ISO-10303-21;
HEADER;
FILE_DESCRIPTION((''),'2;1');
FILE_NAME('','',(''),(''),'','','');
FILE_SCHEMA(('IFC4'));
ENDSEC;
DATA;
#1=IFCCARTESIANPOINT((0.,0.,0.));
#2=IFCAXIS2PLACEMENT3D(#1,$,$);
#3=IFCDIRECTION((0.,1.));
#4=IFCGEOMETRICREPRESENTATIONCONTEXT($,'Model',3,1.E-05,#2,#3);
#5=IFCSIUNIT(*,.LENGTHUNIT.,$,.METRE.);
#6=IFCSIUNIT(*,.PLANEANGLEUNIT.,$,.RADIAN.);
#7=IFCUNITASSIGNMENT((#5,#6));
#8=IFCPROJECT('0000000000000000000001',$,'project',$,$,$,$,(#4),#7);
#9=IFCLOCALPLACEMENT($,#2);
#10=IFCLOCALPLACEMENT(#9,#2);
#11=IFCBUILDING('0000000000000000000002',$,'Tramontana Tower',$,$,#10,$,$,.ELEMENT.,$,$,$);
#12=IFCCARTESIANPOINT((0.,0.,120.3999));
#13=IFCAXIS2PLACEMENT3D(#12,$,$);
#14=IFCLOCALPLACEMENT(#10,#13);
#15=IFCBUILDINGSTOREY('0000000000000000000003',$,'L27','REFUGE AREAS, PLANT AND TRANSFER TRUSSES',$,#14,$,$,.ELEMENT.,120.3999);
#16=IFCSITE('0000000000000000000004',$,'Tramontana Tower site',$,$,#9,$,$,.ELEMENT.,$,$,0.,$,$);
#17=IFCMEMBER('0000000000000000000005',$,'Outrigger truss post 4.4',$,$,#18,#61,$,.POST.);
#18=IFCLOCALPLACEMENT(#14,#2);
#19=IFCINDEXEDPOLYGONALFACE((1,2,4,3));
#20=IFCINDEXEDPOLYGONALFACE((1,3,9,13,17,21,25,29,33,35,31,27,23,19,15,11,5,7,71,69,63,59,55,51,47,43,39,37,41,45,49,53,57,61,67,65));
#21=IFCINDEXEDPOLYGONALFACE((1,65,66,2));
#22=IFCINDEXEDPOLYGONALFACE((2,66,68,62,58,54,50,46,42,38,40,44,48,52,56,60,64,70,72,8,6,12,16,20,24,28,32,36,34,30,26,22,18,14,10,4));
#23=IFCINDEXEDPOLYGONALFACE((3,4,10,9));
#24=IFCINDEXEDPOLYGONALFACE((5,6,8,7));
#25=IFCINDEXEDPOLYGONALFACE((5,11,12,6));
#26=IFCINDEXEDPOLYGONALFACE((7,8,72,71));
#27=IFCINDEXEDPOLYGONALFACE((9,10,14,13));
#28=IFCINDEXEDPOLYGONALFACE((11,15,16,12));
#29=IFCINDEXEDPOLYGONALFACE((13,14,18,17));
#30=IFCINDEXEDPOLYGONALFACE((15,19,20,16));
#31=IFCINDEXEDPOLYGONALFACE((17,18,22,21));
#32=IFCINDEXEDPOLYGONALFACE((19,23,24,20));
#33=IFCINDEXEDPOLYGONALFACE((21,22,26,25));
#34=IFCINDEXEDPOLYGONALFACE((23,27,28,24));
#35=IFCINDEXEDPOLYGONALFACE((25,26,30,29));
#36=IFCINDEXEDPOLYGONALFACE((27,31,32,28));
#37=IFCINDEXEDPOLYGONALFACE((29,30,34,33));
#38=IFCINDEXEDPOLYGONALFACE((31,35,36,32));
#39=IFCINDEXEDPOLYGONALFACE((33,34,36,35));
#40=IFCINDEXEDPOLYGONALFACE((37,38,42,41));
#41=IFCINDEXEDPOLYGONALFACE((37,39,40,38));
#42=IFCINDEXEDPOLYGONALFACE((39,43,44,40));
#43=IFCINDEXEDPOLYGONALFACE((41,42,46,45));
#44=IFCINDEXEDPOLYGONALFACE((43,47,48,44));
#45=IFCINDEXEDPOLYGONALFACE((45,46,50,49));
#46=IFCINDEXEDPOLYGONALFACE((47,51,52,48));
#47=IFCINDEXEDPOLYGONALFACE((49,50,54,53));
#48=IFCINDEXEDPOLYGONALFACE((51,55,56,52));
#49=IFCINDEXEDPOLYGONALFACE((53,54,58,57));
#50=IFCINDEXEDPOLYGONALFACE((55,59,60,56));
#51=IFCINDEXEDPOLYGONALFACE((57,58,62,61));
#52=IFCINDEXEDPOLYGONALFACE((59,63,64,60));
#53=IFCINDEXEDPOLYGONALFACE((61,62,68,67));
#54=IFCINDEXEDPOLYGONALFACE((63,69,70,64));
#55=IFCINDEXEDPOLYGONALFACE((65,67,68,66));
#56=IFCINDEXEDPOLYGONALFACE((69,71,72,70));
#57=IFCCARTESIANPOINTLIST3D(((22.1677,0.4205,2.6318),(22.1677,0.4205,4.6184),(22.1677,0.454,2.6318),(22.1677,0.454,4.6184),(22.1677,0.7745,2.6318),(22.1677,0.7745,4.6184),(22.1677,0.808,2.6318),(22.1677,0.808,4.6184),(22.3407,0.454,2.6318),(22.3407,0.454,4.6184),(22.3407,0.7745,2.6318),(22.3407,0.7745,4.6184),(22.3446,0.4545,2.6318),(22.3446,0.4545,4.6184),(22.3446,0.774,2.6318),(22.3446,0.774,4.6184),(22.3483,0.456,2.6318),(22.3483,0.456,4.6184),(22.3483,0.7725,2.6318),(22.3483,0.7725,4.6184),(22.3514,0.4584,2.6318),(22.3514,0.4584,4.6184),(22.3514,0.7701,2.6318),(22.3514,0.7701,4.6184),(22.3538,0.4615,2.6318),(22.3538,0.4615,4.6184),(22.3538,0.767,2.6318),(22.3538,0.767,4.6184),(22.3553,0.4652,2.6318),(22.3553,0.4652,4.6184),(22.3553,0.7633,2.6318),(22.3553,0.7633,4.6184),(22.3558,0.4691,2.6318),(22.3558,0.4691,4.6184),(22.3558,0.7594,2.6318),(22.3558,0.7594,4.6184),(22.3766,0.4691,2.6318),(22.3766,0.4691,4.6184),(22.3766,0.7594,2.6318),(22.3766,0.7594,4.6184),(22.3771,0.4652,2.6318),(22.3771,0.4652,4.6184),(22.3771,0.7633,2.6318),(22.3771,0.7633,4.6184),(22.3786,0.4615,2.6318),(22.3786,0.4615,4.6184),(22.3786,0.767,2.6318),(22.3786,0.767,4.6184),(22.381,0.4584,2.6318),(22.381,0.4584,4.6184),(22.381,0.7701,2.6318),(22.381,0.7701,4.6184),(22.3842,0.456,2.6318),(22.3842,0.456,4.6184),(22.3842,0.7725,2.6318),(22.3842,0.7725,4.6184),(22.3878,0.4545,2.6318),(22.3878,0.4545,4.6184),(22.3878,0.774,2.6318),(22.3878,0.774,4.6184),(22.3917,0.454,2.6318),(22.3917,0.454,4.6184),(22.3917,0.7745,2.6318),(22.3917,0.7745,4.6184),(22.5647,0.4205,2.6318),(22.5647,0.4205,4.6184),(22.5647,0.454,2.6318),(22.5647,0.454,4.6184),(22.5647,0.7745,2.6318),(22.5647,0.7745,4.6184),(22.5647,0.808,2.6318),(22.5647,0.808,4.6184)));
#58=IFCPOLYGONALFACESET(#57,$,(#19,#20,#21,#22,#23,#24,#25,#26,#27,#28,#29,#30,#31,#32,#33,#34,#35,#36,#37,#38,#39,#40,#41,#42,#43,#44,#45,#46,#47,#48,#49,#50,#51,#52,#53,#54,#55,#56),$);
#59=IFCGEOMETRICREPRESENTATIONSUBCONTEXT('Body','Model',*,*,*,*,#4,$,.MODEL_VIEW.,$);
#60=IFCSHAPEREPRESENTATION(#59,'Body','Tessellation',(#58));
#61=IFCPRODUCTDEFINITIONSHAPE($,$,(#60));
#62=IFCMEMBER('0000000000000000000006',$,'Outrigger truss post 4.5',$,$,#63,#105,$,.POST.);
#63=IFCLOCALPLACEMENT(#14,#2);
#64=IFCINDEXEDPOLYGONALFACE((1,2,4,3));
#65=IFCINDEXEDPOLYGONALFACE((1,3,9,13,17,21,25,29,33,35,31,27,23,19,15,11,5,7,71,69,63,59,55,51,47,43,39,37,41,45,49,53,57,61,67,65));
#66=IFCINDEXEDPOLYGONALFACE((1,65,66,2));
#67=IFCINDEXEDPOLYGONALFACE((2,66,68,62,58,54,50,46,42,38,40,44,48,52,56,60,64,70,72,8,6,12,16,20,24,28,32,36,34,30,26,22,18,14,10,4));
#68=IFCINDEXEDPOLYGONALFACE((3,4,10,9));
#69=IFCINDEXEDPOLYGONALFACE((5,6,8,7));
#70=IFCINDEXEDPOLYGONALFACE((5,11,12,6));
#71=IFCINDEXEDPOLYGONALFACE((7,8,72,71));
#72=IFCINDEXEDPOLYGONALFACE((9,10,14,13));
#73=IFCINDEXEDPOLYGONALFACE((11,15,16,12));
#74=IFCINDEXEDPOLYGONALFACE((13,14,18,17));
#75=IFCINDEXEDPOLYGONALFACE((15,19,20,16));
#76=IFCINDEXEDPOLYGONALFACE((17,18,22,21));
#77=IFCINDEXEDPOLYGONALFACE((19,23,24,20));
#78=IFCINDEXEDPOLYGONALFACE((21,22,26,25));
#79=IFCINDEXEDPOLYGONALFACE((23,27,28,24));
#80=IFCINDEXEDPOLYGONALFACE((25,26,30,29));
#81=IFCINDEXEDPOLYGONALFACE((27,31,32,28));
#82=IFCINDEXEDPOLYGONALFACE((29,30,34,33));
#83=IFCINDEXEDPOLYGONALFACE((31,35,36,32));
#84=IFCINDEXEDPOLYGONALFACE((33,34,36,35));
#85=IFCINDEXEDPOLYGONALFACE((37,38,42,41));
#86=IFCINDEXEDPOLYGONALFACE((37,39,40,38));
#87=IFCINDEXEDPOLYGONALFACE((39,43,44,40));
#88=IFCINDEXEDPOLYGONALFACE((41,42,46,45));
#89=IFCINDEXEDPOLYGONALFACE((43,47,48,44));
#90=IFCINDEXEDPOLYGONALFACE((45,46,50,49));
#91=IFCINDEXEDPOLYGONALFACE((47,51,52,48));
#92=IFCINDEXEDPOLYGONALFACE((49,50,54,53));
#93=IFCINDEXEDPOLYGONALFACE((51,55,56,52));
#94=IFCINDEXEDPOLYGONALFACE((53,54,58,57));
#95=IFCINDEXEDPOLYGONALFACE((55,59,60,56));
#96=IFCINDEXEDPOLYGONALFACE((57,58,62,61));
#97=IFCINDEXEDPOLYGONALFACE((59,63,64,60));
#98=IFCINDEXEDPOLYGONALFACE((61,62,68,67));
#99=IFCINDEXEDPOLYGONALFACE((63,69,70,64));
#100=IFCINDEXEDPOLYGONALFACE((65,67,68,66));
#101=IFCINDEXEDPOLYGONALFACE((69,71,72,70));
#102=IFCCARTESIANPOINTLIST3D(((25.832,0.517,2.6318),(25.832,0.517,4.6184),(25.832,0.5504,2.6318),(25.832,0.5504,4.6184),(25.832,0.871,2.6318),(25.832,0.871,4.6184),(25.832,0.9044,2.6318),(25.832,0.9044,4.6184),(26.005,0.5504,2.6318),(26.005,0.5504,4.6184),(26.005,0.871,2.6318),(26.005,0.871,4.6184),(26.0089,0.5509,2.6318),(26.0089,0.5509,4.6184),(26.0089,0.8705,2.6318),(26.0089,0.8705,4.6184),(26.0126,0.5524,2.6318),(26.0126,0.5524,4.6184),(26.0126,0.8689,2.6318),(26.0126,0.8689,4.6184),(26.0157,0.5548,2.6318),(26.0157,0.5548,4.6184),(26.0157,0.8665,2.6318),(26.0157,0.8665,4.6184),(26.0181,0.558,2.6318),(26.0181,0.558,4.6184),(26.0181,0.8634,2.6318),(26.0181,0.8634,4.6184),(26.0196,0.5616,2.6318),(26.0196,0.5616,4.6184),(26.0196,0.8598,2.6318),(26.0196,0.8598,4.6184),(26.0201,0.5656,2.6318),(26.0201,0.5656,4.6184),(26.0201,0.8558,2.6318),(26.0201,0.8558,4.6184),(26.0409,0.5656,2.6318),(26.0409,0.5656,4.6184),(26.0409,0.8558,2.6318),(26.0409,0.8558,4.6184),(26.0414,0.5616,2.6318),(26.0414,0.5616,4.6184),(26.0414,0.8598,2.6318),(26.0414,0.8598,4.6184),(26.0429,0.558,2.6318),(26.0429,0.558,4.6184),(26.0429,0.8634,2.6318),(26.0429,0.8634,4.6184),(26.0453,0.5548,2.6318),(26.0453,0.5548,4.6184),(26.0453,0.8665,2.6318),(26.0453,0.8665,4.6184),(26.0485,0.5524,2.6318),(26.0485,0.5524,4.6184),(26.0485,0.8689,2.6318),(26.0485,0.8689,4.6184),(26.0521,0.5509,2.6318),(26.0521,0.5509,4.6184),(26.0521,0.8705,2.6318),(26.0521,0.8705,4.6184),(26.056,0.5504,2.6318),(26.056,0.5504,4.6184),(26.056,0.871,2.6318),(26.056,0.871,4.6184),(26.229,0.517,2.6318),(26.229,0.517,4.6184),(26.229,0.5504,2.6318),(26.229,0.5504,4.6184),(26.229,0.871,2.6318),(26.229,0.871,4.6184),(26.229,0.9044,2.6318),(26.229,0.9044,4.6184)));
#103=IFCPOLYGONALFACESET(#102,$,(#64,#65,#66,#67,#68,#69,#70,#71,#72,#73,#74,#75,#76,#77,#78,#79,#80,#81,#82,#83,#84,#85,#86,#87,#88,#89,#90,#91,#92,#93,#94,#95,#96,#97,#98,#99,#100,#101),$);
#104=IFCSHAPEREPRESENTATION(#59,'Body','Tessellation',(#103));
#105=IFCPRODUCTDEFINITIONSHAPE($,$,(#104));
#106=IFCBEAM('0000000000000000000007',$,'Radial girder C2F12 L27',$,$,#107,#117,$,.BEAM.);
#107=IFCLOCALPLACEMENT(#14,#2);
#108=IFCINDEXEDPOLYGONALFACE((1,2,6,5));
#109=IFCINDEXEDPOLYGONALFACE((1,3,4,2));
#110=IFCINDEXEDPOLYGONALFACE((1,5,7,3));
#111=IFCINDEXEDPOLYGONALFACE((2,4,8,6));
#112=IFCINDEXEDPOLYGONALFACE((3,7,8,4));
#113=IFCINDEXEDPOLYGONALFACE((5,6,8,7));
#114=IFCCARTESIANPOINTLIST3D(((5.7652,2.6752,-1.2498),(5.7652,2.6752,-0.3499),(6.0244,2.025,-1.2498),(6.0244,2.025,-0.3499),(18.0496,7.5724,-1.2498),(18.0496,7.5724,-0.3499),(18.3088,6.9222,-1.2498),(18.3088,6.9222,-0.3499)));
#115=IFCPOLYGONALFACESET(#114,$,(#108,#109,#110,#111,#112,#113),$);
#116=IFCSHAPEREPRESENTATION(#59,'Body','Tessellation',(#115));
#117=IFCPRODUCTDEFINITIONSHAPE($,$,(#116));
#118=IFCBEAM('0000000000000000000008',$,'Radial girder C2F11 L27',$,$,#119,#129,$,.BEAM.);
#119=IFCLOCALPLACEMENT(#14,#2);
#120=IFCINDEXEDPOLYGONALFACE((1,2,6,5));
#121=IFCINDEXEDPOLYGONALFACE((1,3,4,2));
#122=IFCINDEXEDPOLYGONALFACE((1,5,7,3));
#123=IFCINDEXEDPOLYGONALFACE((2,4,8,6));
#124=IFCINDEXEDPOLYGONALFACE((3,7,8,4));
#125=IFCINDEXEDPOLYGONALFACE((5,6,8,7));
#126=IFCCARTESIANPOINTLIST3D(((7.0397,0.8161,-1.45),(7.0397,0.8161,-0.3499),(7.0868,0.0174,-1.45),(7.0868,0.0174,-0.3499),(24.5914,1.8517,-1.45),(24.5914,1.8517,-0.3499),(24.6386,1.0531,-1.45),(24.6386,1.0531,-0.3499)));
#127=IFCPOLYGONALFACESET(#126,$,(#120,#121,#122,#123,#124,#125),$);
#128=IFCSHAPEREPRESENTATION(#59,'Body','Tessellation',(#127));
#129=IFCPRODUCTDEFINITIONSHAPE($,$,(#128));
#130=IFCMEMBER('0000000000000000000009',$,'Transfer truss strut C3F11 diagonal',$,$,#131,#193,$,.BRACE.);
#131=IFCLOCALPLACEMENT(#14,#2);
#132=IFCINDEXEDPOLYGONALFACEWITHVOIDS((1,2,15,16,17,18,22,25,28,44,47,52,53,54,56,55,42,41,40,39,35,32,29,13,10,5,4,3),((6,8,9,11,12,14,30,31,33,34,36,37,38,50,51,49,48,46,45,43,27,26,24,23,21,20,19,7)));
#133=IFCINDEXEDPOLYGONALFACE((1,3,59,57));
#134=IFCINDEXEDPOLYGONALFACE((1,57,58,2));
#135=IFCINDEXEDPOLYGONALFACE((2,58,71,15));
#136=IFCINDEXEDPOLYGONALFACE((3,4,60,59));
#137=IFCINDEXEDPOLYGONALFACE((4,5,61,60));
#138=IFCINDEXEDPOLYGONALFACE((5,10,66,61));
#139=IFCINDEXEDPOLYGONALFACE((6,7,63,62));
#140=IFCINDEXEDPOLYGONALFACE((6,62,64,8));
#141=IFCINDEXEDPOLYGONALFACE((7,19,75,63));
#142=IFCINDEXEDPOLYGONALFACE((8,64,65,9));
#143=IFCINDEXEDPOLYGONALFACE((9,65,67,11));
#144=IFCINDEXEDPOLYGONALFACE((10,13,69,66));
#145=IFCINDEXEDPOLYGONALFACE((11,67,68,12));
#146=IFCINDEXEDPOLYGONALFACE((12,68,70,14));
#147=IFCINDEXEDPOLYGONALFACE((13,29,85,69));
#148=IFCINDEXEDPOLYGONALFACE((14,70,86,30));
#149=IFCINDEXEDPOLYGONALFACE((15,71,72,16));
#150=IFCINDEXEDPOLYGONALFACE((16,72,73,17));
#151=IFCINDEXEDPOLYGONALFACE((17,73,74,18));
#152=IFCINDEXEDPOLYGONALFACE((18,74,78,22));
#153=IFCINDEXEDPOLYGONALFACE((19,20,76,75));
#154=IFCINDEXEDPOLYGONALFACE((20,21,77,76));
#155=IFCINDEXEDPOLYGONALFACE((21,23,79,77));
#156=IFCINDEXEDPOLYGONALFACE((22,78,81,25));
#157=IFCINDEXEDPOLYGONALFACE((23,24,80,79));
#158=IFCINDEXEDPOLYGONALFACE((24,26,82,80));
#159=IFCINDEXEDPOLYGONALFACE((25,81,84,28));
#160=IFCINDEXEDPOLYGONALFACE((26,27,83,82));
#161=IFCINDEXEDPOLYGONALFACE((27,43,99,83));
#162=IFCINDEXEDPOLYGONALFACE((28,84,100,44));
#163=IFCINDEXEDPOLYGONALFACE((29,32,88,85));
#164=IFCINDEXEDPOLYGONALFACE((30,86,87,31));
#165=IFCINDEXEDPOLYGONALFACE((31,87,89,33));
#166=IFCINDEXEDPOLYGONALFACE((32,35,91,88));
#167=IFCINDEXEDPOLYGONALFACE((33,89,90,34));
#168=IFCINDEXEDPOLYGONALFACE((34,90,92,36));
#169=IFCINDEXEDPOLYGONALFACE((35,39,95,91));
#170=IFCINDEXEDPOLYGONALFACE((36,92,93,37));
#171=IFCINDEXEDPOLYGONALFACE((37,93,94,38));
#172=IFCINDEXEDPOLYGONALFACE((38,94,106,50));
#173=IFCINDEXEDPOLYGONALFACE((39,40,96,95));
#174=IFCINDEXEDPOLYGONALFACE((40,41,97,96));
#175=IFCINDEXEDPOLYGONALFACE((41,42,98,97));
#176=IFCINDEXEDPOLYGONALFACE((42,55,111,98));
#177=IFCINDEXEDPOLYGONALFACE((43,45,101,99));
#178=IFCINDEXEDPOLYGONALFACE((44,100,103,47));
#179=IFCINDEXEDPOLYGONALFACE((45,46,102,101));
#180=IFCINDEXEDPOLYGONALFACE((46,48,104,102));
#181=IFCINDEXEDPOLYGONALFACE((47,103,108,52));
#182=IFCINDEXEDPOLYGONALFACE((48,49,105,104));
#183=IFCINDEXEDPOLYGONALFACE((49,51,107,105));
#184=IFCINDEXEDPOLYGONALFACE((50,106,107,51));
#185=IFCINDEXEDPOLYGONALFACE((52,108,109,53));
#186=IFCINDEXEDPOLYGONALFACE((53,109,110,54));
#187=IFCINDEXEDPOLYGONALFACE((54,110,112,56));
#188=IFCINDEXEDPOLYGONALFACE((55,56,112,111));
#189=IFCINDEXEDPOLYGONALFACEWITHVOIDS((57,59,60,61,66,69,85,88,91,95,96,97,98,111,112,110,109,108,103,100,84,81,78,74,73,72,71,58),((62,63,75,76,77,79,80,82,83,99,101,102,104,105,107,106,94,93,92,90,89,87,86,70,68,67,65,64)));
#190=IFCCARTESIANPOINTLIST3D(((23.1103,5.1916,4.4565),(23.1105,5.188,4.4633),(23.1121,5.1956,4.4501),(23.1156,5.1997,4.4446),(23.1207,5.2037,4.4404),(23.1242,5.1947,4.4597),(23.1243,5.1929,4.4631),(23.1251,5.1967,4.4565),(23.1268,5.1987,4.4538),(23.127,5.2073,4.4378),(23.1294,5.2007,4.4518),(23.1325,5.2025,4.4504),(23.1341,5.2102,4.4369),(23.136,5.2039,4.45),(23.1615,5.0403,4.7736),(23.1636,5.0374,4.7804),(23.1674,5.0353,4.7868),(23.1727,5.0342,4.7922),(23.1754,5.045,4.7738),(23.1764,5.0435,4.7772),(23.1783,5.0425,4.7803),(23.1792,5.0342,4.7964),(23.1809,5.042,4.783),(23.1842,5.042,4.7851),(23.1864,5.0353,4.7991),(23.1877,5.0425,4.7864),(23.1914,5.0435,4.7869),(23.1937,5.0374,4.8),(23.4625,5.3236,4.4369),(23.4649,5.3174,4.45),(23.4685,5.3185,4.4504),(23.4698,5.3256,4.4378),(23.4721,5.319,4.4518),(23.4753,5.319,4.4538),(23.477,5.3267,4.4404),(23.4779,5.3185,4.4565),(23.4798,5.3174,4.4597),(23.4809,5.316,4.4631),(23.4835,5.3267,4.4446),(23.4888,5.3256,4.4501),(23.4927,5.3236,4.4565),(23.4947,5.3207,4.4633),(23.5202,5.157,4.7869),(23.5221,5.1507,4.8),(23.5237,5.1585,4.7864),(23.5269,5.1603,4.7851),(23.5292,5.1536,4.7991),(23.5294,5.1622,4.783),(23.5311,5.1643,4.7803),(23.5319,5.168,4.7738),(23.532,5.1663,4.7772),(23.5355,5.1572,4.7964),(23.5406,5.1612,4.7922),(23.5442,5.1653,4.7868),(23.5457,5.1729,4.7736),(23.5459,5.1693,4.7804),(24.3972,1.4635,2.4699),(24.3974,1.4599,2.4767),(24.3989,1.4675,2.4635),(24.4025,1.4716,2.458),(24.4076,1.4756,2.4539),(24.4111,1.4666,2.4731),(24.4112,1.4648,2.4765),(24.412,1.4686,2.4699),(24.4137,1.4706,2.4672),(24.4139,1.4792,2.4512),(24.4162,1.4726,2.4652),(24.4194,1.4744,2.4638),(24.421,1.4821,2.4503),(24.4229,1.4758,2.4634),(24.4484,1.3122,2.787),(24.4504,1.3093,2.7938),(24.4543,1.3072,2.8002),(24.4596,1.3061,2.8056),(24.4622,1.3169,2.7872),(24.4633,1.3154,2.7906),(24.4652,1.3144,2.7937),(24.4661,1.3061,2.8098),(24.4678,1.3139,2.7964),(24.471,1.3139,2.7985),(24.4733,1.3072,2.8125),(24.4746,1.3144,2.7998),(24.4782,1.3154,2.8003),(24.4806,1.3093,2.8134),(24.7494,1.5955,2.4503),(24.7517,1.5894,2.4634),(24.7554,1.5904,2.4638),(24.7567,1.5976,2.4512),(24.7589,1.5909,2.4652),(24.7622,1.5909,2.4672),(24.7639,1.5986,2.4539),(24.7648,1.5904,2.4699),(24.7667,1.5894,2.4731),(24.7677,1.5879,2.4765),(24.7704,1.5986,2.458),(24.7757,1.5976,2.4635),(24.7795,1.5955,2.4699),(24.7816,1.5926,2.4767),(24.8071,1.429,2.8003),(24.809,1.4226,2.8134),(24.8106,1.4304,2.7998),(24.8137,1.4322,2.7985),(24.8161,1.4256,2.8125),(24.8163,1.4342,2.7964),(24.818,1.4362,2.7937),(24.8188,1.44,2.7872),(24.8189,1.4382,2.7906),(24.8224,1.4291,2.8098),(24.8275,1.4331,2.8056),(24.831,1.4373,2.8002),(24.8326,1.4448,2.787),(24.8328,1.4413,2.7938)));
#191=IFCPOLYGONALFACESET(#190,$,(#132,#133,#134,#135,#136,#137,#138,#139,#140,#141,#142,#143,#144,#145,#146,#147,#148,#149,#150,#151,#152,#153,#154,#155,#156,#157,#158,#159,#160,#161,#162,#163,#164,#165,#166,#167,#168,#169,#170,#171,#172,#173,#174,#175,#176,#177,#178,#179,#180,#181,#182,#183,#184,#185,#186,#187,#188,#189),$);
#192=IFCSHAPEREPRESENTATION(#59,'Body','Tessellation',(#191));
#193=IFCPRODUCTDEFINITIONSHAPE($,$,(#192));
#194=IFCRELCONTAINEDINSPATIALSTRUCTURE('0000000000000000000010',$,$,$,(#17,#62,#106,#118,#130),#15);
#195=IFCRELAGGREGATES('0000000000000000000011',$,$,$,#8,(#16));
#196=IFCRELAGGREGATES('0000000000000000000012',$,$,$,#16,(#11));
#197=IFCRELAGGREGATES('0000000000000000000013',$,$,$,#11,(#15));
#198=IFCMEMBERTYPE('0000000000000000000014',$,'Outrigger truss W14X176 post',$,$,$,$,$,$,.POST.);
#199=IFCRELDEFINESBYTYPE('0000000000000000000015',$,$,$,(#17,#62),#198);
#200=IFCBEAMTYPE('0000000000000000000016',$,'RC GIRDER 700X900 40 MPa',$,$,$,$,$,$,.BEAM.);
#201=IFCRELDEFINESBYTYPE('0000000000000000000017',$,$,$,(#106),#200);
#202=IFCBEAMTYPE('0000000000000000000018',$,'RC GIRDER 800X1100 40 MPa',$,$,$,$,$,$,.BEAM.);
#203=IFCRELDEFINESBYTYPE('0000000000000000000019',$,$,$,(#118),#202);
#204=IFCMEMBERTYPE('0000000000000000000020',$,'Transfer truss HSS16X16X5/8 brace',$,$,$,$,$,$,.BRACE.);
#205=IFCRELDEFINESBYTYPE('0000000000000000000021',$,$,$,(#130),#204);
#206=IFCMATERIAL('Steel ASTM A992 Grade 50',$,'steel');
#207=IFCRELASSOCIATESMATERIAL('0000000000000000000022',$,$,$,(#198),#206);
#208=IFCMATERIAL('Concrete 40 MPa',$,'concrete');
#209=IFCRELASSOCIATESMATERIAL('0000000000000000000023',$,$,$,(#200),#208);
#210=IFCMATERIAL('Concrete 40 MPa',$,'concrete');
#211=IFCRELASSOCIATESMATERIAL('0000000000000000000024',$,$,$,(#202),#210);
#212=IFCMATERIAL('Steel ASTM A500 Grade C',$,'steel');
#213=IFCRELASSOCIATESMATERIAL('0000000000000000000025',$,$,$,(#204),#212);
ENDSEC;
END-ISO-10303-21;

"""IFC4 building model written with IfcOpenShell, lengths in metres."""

from ifc_helpers import new_model, si_unit, direction, frame, origin, origin_2d, place, context, subcontext, project, spatial, rectangle, hollow_rectangle, i_section, extrude, material, material_profile, profile_set, type_object, element, save


model = new_model("IFC4")

# Units and contexts
model_context = context("Model", 3, precision=1e-05, world=origin(), true_north=direction((0.0, 1.0)))
body_context = subcontext(model_context, "Body", "Model", "MODEL_VIEW")
ifc_project = project(units=[si_unit("LENGTHUNIT", "METRE"), si_unit("PLANEANGLEUNIT", "RADIAN")], contexts=[model_context])

# Site, building, storey
site_placement = place(None, origin())
site = spatial("IfcSite", under=ifc_project, at=site_placement, Name="Tramontana Tower site", CompositionType="ELEMENT", RefElevation=0.0)
building_placement = place(site_placement, origin())
building = spatial("IfcBuilding", under=site, at=building_placement, Name="Tramontana Tower", CompositionType="ELEMENT")
storey_placement = place(building_placement, frame((0.0, 0.0, 120.3999)))
storey = spatial("IfcBuildingStorey", under=building, at=storey_placement, Name="L27", Description="REFUGE AREAS, PLANT AND TRANSFER TRUSSES", CompositionType="ELEMENT", Elevation=120.3999)

# Members
ifc_material_1 = material(Name="Steel ASTM A992 Grade 50", Category="steel")
ifc_material_profile_1 = material_profile(ifc_material_1, i_section(OverallWidth=0.397, OverallDepth=0.3875, WebThickness=0.0208, FlangeThickness=0.0334, FilletRadius=0.0151, at=origin_2d()), Name="W14X176")
ifc_profile_set_1 = profile_set([ifc_material_profile_1], Name="Steel ASTM A992 Grade 50")
member_type_1 = type_object("IfcMemberType", Name="Outrigger truss W14X176 post", PredefinedType="POST", material=ifc_profile_set_1)
for number, where, z_axis, x_axis, name in (
    (1, (22.3662, 0.6143, 2.6318), (0.0, 0.0, 1.0), (1.0, 0.0, 0.0), "Outrigger truss post 4.4"),
    (2, (26.0305, 0.7107, 2.6318), (0.0, 0.0, 1.0), (1.0, 0.0, 0.0), "Outrigger truss post 4.5"),
):
    element("IfcMember", number, at=place(storey_placement, frame(where, z_axis=z_axis, x_axis=x_axis)), inside=storey, type_object=member_type_1, Name=name, PredefinedType="POST", context=body_context, shape_type="SweptSolid", body=[
        extrude(i_section(OverallWidth=0.397, OverallDepth=0.3875, WebThickness=0.0208, FlangeThickness=0.0334, FilletRadius=0.0151, at=origin_2d()), origin(), (0.0, 0.0, 1.0), 1.9866),
    ])

# Beams
ifc_material_2 = material(Name="Concrete 40 MPa", Category="concrete")
ifc_material_profile_2 = material_profile(ifc_material_2, rectangle(XDim=0.7, YDim=0.8999, at=origin_2d()), Name="RC GIRDER 700X900 40 MPa")
ifc_profile_set_2 = profile_set([ifc_material_profile_2], Name="Concrete 40 MPa")
beam_type_1 = type_object("IfcBeamType", Name="RC GIRDER 700X900 40 MPa", PredefinedType="BEAM", material=ifc_profile_set_2)
beam_1_placement = place(storey_placement, frame((18.1792, 7.2473, -0.7998), z_axis=(-0.928908, -0.370311, 0.0), x_axis=(0.370311, -0.928908, 0.0)))
element("IfcBeam", 3, at=beam_1_placement, inside=storey, type_object=beam_type_1, Name="Radial girder C2F12 L27", PredefinedType="BEAM", context=body_context, shape_type="SweptSolid", body=[
    extrude(rectangle(XDim=0.7, YDim=0.8999, at=origin_2d()), origin(), (0.0, 0.0, 1.0), 13.2246),
])
ifc_material_3 = material(Name="Concrete 40 MPa", Category="concrete")
ifc_material_profile_3 = material_profile(ifc_material_3, rectangle(XDim=0.8, YDim=1.1001, at=origin_2d()), Name="RC GIRDER 800X1100 40 MPa")
ifc_profile_set_3 = profile_set([ifc_material_profile_3], Name="Concrete 40 MPa")
beam_type_2 = type_object("IfcBeamType", Name="RC GIRDER 800X1100 40 MPa", PredefinedType="BEAM", material=ifc_profile_set_3)
beam_2_placement = place(storey_placement, frame((24.615, 1.4524, -0.8999), z_axis=(-0.998264, -0.058903, 0.0), x_axis=(0.058903, -0.998264, 0.0)))
element("IfcBeam", 4, at=beam_2_placement, inside=storey, type_object=beam_type_2, Name="Radial girder C2F11 L27", PredefinedType="BEAM", context=body_context, shape_type="SweptSolid", body=[
    extrude(rectangle(XDim=0.8, YDim=1.1001, at=origin_2d()), origin(), (0.0, 0.0, 1.0), 17.5823),
])

# Member
ifc_material_4 = material(Name="Steel ASTM A500 Grade C", Category="steel")
ifc_material_profile_4 = material_profile(ifc_material_4, hollow_rectangle(XDim=0.4065, YDim=0.4065, WallThickness=0.0146, InnerFilletRadius=0.0146, OuterFilletRadius=0.0295, at=origin_2d()), Name="HSS16X16X5/8")
ifc_profile_set_4 = profile_set([ifc_material_profile_4], Name="Steel ASTM A500 Grade C")
member_type_2 = type_object("IfcMemberType", Name="Transfer truss HSS16X16X5/8 brace", PredefinedType="BRACE", material=ifc_profile_set_4)
member_1_placement = place(storey_placement, frame((24.615, 1.4524, 2.6318), z_axis=(-0.291413, 0.844217, 0.449862), x_axis=(-0.945268, -0.326294, 0.0)))
element("IfcMember", 5, at=member_1_placement, inside=storey, type_object=member_type_2, Name="Transfer truss strut C3F11 diagonal", PredefinedType="BRACE", context=body_context, shape_type="SweptSolid", body=[
    extrude(hollow_rectangle(XDim=0.4065, YDim=0.4065, WallThickness=0.0146, InnerFilletRadius=0.0146, OuterFilletRadius=0.0295, at=origin_2d()), origin(), (0.0, 0.0, 1.0), 4.416),
])

save(model, "model.ifc")
